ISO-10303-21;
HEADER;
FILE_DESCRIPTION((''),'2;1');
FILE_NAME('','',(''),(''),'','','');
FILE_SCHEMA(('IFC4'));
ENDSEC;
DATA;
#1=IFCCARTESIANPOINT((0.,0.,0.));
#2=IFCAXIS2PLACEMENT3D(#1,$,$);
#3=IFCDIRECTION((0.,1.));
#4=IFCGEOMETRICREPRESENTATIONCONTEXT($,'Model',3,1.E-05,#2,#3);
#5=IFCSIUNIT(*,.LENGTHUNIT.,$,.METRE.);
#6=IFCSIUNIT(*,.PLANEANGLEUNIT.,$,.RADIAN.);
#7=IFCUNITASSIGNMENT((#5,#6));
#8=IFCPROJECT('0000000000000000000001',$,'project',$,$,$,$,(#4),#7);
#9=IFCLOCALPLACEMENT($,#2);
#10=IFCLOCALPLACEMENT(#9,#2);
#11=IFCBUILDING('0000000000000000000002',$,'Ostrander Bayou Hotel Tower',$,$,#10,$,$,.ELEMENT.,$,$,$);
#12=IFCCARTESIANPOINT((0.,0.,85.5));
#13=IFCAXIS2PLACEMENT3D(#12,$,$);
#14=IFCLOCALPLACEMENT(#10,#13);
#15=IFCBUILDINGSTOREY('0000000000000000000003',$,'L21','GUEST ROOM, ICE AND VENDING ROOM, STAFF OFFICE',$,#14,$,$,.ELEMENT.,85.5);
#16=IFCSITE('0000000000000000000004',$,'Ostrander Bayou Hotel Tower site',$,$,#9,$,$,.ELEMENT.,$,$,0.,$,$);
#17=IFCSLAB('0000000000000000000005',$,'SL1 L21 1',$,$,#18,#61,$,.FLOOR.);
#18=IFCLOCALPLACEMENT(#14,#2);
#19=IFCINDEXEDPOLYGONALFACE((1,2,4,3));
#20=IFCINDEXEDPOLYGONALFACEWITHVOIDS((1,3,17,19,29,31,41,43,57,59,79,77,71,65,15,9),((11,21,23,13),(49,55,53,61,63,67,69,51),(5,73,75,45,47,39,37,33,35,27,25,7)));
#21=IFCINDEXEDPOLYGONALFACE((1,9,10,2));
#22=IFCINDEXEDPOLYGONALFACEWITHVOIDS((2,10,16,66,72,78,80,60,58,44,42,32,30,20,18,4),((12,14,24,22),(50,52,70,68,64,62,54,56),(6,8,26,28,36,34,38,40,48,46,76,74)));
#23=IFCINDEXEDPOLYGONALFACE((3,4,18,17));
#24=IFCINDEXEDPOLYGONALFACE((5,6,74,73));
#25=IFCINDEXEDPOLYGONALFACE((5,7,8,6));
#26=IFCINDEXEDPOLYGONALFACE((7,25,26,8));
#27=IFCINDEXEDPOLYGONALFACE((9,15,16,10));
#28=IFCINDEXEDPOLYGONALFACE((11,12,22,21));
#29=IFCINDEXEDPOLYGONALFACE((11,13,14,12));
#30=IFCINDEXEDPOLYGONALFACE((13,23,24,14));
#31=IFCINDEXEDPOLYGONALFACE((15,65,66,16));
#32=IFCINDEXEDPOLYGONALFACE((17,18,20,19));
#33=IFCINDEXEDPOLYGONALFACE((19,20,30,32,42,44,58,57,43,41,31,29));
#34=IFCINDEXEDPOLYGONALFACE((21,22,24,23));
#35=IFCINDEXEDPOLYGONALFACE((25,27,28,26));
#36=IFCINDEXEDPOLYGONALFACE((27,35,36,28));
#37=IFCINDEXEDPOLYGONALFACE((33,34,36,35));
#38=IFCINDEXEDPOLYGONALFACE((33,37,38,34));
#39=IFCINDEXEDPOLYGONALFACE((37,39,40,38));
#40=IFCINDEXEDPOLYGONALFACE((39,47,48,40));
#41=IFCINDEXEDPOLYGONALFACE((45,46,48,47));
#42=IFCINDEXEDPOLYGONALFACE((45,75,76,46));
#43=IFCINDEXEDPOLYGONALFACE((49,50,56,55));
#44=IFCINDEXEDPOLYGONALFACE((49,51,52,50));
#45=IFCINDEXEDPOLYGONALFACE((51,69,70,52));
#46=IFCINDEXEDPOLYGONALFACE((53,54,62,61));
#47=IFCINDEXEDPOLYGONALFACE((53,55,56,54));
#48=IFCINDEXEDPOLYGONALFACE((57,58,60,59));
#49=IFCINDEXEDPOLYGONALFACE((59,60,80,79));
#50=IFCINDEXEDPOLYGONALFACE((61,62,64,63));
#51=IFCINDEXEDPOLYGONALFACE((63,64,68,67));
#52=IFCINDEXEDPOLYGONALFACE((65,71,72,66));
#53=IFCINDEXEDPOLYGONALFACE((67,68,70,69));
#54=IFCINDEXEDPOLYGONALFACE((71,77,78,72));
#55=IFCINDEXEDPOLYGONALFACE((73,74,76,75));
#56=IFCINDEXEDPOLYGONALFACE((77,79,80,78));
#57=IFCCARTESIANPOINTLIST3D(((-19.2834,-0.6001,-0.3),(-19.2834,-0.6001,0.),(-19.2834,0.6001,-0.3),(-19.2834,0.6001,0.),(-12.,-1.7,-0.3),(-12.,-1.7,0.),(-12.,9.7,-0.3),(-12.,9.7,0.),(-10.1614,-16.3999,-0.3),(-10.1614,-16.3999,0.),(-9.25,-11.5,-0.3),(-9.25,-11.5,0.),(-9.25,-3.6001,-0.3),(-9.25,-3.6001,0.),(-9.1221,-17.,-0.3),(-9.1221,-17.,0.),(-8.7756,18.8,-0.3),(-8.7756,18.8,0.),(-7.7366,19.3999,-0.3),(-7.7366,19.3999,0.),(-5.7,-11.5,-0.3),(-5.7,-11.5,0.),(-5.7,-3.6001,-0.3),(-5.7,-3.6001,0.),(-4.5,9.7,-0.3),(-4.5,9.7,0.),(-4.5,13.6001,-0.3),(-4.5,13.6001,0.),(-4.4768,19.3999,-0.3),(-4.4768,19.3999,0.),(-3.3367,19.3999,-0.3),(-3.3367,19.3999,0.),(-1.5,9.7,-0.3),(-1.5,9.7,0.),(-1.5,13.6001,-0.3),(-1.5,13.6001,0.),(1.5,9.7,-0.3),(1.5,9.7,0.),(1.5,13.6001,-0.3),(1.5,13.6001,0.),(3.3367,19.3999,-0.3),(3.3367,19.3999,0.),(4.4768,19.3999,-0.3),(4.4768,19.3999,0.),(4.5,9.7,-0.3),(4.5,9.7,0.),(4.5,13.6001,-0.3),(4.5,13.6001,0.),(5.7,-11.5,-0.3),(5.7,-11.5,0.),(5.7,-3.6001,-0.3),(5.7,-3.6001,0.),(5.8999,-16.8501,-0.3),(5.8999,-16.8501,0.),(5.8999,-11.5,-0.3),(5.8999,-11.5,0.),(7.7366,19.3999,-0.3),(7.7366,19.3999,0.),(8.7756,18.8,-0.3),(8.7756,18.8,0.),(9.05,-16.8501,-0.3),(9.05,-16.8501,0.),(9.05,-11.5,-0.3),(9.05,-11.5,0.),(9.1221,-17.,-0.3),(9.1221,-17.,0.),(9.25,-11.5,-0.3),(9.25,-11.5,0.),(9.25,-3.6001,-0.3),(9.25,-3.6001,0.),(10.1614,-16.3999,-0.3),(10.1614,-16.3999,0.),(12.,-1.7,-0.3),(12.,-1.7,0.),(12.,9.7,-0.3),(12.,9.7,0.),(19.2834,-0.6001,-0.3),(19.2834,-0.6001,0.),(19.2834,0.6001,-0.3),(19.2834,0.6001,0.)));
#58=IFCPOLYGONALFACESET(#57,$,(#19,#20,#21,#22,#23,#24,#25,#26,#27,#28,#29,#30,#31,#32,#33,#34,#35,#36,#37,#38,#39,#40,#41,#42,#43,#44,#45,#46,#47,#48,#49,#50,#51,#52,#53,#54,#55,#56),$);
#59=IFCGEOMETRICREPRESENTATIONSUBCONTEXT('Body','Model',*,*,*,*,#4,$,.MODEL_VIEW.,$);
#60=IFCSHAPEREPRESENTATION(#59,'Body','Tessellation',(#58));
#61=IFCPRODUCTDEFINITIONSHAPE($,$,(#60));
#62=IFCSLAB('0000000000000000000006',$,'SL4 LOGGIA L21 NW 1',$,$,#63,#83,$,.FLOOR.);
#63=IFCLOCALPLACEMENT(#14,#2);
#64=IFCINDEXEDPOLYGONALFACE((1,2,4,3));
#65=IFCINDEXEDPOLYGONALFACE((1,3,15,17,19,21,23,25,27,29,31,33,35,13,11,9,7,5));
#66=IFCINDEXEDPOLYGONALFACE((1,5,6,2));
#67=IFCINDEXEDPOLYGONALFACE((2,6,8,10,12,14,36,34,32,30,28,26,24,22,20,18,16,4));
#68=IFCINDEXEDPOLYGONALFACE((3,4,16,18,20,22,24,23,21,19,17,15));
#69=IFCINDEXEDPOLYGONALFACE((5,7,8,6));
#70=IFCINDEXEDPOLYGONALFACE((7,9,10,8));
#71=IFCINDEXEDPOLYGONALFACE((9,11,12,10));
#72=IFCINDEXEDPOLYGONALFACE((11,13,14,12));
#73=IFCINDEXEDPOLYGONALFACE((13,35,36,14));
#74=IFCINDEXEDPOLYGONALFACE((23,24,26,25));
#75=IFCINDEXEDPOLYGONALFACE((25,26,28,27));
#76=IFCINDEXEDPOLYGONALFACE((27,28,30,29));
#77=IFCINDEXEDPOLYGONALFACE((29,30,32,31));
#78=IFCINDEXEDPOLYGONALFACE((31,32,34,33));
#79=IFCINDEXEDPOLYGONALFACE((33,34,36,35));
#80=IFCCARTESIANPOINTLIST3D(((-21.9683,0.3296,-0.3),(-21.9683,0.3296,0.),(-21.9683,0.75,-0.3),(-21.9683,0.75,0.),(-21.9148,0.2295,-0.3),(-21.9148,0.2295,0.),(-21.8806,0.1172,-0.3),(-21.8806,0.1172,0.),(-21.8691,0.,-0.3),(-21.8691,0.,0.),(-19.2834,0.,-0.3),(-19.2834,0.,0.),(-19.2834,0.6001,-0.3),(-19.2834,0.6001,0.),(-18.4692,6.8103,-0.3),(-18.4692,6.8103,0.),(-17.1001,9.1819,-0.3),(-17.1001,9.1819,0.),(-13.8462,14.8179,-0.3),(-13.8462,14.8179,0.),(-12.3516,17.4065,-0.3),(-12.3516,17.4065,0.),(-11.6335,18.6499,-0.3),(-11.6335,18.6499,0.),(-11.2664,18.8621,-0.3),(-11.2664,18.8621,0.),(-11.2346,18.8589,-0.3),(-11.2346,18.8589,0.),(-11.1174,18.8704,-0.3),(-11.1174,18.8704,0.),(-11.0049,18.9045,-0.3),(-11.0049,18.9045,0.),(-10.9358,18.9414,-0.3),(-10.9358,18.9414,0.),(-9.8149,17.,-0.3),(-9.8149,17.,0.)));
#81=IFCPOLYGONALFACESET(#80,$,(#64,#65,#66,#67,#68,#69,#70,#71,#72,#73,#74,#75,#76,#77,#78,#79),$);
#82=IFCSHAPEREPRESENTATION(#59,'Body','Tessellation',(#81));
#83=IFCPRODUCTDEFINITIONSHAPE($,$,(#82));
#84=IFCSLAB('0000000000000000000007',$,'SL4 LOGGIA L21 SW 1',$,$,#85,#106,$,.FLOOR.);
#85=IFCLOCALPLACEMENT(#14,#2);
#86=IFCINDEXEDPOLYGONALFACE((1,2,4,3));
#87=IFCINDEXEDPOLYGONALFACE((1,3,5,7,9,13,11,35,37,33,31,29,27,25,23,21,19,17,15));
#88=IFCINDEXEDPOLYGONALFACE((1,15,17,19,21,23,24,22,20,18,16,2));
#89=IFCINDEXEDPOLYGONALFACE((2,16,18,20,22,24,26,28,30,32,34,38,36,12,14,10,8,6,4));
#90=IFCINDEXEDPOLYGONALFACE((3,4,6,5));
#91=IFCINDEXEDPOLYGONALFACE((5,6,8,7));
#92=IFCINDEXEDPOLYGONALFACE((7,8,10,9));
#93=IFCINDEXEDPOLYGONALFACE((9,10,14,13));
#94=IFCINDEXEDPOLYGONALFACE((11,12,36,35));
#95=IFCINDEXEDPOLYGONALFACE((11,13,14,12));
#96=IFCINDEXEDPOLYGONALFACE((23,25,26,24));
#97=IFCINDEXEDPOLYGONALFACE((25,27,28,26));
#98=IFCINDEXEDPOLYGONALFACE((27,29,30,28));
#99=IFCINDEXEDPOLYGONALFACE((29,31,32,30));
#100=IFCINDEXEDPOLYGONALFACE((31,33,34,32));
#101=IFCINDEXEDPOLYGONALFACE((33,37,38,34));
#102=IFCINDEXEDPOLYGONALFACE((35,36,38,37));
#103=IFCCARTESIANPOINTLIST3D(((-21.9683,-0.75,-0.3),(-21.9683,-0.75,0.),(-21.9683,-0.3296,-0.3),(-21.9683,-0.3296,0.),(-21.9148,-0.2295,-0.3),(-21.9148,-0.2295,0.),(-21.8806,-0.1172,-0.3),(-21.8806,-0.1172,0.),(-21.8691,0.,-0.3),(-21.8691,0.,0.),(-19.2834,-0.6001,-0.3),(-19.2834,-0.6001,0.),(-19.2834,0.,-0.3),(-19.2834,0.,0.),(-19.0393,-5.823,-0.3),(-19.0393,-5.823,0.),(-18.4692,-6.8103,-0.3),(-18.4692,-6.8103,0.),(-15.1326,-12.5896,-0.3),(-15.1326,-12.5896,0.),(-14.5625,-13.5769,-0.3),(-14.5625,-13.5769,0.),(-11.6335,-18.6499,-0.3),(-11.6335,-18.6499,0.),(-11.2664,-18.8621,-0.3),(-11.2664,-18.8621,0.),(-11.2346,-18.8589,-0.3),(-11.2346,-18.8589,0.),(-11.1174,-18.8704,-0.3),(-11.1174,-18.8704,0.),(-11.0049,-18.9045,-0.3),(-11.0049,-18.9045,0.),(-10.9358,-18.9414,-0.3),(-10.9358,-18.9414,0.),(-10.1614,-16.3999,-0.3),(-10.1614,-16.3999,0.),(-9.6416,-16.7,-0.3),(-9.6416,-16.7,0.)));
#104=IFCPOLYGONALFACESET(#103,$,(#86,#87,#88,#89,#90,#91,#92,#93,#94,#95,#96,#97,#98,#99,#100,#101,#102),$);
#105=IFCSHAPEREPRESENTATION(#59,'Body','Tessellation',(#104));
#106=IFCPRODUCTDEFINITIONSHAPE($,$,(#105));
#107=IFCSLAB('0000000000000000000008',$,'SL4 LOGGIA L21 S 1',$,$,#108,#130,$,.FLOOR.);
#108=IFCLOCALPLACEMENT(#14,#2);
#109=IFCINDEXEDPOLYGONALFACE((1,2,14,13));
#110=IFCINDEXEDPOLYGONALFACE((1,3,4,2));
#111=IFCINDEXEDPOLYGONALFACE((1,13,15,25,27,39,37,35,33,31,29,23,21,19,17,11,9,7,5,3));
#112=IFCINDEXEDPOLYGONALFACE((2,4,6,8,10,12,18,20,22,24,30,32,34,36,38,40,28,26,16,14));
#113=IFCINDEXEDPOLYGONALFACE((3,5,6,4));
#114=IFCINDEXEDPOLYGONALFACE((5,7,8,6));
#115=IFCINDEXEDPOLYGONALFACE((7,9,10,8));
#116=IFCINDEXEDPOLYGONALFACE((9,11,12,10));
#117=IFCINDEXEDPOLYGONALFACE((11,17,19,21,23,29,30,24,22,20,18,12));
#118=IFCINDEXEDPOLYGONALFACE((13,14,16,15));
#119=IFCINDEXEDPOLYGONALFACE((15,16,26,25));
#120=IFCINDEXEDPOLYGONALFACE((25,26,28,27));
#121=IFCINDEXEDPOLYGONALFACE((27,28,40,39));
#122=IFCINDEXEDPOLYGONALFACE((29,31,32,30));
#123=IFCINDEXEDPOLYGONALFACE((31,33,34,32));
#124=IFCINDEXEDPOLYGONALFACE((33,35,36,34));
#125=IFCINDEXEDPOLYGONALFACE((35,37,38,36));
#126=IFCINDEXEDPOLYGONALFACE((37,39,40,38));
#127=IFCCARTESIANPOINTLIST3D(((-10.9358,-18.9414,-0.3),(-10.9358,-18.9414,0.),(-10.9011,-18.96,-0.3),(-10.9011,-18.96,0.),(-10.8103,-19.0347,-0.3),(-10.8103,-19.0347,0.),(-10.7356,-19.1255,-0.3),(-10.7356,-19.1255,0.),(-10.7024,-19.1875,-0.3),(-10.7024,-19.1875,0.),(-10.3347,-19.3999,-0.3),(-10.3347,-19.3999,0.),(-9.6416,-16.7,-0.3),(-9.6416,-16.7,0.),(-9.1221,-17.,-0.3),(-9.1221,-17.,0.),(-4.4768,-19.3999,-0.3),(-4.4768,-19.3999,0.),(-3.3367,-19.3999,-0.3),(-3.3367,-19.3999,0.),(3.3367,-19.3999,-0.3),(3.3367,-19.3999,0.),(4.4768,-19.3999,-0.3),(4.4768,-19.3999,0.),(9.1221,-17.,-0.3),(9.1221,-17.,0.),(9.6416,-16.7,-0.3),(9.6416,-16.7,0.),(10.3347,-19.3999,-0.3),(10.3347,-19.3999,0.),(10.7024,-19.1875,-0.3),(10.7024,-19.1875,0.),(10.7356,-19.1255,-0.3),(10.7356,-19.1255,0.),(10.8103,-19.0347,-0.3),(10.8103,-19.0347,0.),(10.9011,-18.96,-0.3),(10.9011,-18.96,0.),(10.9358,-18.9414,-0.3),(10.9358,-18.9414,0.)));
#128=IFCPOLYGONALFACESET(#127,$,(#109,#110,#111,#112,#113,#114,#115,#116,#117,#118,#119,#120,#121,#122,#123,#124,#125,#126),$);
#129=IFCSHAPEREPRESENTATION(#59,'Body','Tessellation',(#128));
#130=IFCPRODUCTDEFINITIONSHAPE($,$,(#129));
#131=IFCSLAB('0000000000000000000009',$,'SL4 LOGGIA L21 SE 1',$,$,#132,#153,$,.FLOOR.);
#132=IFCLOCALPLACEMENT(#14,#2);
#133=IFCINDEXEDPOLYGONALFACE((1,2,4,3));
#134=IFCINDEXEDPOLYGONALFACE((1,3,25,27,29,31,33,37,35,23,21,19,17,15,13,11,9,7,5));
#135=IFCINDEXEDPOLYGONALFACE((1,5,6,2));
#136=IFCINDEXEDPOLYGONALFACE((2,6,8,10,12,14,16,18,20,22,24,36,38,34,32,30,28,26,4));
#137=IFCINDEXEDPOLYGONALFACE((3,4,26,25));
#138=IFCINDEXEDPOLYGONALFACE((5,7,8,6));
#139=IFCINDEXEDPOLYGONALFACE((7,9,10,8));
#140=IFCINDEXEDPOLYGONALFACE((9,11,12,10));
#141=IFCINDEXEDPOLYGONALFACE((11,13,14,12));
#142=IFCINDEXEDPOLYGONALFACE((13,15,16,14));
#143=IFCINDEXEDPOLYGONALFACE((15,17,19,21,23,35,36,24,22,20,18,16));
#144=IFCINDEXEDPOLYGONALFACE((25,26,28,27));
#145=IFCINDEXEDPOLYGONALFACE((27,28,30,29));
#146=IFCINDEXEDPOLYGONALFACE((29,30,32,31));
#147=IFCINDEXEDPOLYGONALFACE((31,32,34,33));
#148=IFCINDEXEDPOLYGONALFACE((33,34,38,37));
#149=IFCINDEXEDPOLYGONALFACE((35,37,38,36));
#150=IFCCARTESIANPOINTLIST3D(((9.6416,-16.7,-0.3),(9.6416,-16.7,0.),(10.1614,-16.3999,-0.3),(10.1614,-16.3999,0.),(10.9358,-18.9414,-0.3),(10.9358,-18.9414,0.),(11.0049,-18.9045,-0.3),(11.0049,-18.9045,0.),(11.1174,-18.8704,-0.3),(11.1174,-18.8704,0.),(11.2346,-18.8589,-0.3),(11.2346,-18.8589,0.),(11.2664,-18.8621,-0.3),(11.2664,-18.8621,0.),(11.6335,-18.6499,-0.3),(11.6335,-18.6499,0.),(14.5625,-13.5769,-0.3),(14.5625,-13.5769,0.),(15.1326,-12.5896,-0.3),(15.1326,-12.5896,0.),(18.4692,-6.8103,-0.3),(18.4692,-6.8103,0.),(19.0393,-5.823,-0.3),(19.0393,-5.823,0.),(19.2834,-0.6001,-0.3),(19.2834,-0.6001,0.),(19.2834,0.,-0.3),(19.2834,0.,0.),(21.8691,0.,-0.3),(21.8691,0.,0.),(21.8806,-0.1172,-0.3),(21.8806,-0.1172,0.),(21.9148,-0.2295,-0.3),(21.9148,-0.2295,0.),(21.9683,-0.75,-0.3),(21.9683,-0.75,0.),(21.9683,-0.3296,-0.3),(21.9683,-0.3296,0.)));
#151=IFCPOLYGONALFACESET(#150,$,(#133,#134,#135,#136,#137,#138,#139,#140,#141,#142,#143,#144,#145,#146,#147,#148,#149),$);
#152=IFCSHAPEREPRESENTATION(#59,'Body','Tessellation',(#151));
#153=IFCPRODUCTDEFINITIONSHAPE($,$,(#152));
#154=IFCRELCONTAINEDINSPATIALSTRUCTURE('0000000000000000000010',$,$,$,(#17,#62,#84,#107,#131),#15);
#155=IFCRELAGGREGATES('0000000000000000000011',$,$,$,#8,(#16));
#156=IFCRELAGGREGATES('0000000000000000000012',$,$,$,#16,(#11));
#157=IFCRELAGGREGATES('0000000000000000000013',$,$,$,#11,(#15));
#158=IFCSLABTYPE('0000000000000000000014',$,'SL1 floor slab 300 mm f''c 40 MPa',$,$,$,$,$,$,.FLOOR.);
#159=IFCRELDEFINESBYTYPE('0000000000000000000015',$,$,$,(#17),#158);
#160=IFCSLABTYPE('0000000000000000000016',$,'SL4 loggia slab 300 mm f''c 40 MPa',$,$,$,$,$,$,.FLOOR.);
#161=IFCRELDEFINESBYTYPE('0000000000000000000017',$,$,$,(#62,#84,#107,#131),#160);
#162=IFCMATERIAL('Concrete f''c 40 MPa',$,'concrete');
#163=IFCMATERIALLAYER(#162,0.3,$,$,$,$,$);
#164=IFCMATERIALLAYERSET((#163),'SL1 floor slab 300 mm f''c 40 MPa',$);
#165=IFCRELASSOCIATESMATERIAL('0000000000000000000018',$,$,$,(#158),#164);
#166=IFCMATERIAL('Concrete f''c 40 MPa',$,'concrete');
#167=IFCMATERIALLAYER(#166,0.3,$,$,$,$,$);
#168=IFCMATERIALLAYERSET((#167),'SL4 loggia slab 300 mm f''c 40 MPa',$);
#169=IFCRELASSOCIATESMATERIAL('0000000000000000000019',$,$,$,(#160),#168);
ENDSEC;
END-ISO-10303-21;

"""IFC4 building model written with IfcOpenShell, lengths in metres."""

from ifc_helpers import new_model, si_unit, direction, frame, origin, place, context, subcontext, project, spatial, polyline, outline, extrude, material, layer, layer_set, type_object, element, save


model = new_model("IFC4")

# Units and contexts
model_context = context("Model", 3, precision=1e-05, world=origin(), true_north=direction((0.0, 1.0)))
body_context = subcontext(model_context, "Body", "Model", "MODEL_VIEW")
ifc_project = project(units=[si_unit("LENGTHUNIT", "METRE"), si_unit("PLANEANGLEUNIT", "RADIAN")], contexts=[model_context])

# Site, building, storey
site_placement = place(None, origin())
site = spatial("IfcSite", under=ifc_project, at=site_placement, Name="Ostrander Bayou Hotel Tower site", CompositionType="ELEMENT", RefElevation=0.0)
building_placement = place(site_placement, origin())
building = spatial("IfcBuilding", under=site, at=building_placement, Name="Ostrander Bayou Hotel Tower", CompositionType="ELEMENT")
storey_placement = place(building_placement, frame((0.0, 0.0, 85.5)))
storey = spatial("IfcBuildingStorey", under=building, at=storey_placement, Name="L21", Description="GUEST ROOM, ICE AND VENDING ROOM, STAFF OFFICE", CompositionType="ELEMENT", Elevation=85.5)

# Slabs
ifc_material_1 = material(Name="Concrete f'c 40 MPa", Category="concrete")
ifc_layer_1 = layer(ifc_material_1, 0.3)
ifc_layer_set_1 = layer_set([ifc_layer_1], Name="SL1 floor slab 300 mm f'c 40 MPa")
slab_type_1 = type_object("IfcSlabType", Name="SL1 floor slab 300 mm f'c 40 MPa", PredefinedType="FLOOR", material=ifc_layer_set_1)
slab_1_placement = place(storey_placement, frame((0.0, 0.0, -0.3)))
element("IfcSlab", 1, at=slab_1_placement, inside=storey, type_object=slab_type_1, Name="SL1 L21 1", PredefinedType="FLOOR", context=body_context, shape_type="SweptSolid", body=[
    extrude(outline(polyline([(-3.3367, 19.3999), (3.3367, 19.3999), (4.4768, 19.3999), (7.7366, 19.3999), (8.7756, 18.8), (19.2834, 0.6001), (19.2834, -0.6001), (10.1614, -16.3999), (9.1221, -17.0), (-9.1221, -17.0), (-10.1614, -16.3999), (-19.2834, -0.6001), (-19.2834, 0.6001), (-8.7756, 18.8), (-7.7366, 19.3999), (-4.4768, 19.3999), (-3.3367, 19.3999)]), holes=[polyline([(-12.0, -1.7), (12.0, -1.7), (12.0, 9.7), (4.5, 9.7), (4.5, 13.6001), (1.5, 13.6001), (1.5, 9.7), (-1.5, 9.7), (-1.5, 13.6001), (-4.5, 13.6001), (-4.5, 9.7), (-12.0, 9.7), (-12.0, -1.7)]), polyline([(9.05, -11.5), (9.25, -11.5), (9.25, -3.6001), (5.7, -3.6001), (5.7, -11.5), (5.8999, -11.5), (5.8999, -16.8501), (9.05, -16.8501), (9.05, -11.5)]), polyline([(-5.7, -3.6001), (-9.25, -3.6001), (-9.25, -11.5), (-5.7, -11.5), (-5.7, -3.6001)])]), origin(), (0.0, 0.0, 1.0), 0.3),
])
ifc_material_2 = material(Name="Concrete f'c 40 MPa", Category="concrete")
ifc_layer_2 = layer(ifc_material_2, 0.3)
ifc_layer_set_2 = layer_set([ifc_layer_2], Name="SL4 loggia slab 300 mm f'c 40 MPa")
slab_type_2 = type_object("IfcSlabType", Name="SL4 loggia slab 300 mm f'c 40 MPa", PredefinedType="FLOOR", material=ifc_layer_set_2)
slab_2_placement = place(storey_placement, frame((0.0, 0.0, -0.3)))
element("IfcSlab", 2, at=slab_2_placement, inside=storey, type_object=slab_type_2, Name="SL4 LOGGIA L21 NW 1", PredefinedType="FLOOR", context=body_context, shape_type="SweptSolid", body=[
    extrude(outline(polyline([(-21.8691, 0.0), (-21.8806, 0.1172), (-21.9148, 0.2295), (-21.9683, 0.3296), (-21.9683, 0.75), (-18.4692, 6.8103), (-17.1001, 9.1819), (-13.8462, 14.8179), (-12.3516, 17.4065), (-11.6335, 18.6499), (-11.2664, 18.8621), (-11.2346, 18.8589), (-11.1174, 18.8704), (-11.0049, 18.9045), (-10.9358, 18.9414), (-9.8149, 17.0), (-19.2834, 0.6001), (-19.2834, 0.0), (-21.8691, 0.0)])), origin(), (0.0, 0.0, 1.0), 0.3),
])
slab_3_placement = place(storey_placement, frame((0.0, 0.0, -0.3)))
element("IfcSlab", 3, at=slab_3_placement, inside=storey, type_object=slab_type_2, Name="SL4 LOGGIA L21 SW 1", PredefinedType="FLOOR", context=body_context, shape_type="SweptSolid", body=[
    extrude(outline(polyline([(-9.6416, -16.7), (-10.9358, -18.9414), (-11.0049, -18.9045), (-11.1174, -18.8704), (-11.2346, -18.8589), (-11.2664, -18.8621), (-11.6335, -18.6499), (-14.5625, -13.5769), (-15.1326, -12.5896), (-18.4692, -6.8103), (-19.0393, -5.823), (-21.9683, -0.75), (-21.9683, -0.3296), (-21.9148, -0.2295), (-21.8806, -0.1172), (-21.8691, 0.0), (-19.2834, 0.0), (-19.2834, -0.6001), (-10.1614, -16.3999), (-9.6416, -16.7)])), origin(), (0.0, 0.0, 1.0), 0.3),
])
slab_4_placement = place(storey_placement, frame((0.0, 0.0, -0.3)))
element("IfcSlab", 4, at=slab_4_placement, inside=storey, type_object=slab_type_2, Name="SL4 LOGGIA L21 S 1", PredefinedType="FLOOR", context=body_context, shape_type="SweptSolid", body=[
    extrude(outline(polyline([(9.6416, -16.7), (10.9358, -18.9414), (10.9011, -18.96), (10.8103, -19.0347), (10.7356, -19.1255), (10.7024, -19.1875), (10.3347, -19.3999), (4.4768, -19.3999), (3.3367, -19.3999), (-3.3367, -19.3999), (-4.4768, -19.3999), (-10.3347, -19.3999), (-10.7024, -19.1875), (-10.7356, -19.1255), (-10.8103, -19.0347), (-10.9011, -18.96), (-10.9358, -18.9414), (-9.6416, -16.7), (-9.1221, -17.0), (9.1221, -17.0), (9.6416, -16.7)])), origin(), (0.0, 0.0, 1.0), 0.3),
])
slab_5_placement = place(storey_placement, frame((0.0, 0.0, -0.3)))
element("IfcSlab", 5, at=slab_5_placement, inside=storey, type_object=slab_type_2, Name="SL4 LOGGIA L21 SE 1", PredefinedType="FLOOR", context=body_context, shape_type="SweptSolid", body=[
    extrude(outline(polyline([(19.2834, 0.0), (21.8691, 0.0), (21.8806, -0.1172), (21.9148, -0.2295), (21.9683, -0.3296), (21.9683, -0.75), (19.0393, -5.823), (18.4692, -6.8103), (15.1326, -12.5896), (14.5625, -13.5769), (11.6335, -18.6499), (11.2664, -18.8621), (11.2346, -18.8589), (11.1174, -18.8704), (11.0049, -18.9045), (10.9358, -18.9414), (9.6416, -16.7), (10.1614, -16.3999), (19.2834, -0.6001), (19.2834, 0.0)])), origin(), (0.0, 0.0, 1.0), 0.3),
])

save(model, "model.ifc")
